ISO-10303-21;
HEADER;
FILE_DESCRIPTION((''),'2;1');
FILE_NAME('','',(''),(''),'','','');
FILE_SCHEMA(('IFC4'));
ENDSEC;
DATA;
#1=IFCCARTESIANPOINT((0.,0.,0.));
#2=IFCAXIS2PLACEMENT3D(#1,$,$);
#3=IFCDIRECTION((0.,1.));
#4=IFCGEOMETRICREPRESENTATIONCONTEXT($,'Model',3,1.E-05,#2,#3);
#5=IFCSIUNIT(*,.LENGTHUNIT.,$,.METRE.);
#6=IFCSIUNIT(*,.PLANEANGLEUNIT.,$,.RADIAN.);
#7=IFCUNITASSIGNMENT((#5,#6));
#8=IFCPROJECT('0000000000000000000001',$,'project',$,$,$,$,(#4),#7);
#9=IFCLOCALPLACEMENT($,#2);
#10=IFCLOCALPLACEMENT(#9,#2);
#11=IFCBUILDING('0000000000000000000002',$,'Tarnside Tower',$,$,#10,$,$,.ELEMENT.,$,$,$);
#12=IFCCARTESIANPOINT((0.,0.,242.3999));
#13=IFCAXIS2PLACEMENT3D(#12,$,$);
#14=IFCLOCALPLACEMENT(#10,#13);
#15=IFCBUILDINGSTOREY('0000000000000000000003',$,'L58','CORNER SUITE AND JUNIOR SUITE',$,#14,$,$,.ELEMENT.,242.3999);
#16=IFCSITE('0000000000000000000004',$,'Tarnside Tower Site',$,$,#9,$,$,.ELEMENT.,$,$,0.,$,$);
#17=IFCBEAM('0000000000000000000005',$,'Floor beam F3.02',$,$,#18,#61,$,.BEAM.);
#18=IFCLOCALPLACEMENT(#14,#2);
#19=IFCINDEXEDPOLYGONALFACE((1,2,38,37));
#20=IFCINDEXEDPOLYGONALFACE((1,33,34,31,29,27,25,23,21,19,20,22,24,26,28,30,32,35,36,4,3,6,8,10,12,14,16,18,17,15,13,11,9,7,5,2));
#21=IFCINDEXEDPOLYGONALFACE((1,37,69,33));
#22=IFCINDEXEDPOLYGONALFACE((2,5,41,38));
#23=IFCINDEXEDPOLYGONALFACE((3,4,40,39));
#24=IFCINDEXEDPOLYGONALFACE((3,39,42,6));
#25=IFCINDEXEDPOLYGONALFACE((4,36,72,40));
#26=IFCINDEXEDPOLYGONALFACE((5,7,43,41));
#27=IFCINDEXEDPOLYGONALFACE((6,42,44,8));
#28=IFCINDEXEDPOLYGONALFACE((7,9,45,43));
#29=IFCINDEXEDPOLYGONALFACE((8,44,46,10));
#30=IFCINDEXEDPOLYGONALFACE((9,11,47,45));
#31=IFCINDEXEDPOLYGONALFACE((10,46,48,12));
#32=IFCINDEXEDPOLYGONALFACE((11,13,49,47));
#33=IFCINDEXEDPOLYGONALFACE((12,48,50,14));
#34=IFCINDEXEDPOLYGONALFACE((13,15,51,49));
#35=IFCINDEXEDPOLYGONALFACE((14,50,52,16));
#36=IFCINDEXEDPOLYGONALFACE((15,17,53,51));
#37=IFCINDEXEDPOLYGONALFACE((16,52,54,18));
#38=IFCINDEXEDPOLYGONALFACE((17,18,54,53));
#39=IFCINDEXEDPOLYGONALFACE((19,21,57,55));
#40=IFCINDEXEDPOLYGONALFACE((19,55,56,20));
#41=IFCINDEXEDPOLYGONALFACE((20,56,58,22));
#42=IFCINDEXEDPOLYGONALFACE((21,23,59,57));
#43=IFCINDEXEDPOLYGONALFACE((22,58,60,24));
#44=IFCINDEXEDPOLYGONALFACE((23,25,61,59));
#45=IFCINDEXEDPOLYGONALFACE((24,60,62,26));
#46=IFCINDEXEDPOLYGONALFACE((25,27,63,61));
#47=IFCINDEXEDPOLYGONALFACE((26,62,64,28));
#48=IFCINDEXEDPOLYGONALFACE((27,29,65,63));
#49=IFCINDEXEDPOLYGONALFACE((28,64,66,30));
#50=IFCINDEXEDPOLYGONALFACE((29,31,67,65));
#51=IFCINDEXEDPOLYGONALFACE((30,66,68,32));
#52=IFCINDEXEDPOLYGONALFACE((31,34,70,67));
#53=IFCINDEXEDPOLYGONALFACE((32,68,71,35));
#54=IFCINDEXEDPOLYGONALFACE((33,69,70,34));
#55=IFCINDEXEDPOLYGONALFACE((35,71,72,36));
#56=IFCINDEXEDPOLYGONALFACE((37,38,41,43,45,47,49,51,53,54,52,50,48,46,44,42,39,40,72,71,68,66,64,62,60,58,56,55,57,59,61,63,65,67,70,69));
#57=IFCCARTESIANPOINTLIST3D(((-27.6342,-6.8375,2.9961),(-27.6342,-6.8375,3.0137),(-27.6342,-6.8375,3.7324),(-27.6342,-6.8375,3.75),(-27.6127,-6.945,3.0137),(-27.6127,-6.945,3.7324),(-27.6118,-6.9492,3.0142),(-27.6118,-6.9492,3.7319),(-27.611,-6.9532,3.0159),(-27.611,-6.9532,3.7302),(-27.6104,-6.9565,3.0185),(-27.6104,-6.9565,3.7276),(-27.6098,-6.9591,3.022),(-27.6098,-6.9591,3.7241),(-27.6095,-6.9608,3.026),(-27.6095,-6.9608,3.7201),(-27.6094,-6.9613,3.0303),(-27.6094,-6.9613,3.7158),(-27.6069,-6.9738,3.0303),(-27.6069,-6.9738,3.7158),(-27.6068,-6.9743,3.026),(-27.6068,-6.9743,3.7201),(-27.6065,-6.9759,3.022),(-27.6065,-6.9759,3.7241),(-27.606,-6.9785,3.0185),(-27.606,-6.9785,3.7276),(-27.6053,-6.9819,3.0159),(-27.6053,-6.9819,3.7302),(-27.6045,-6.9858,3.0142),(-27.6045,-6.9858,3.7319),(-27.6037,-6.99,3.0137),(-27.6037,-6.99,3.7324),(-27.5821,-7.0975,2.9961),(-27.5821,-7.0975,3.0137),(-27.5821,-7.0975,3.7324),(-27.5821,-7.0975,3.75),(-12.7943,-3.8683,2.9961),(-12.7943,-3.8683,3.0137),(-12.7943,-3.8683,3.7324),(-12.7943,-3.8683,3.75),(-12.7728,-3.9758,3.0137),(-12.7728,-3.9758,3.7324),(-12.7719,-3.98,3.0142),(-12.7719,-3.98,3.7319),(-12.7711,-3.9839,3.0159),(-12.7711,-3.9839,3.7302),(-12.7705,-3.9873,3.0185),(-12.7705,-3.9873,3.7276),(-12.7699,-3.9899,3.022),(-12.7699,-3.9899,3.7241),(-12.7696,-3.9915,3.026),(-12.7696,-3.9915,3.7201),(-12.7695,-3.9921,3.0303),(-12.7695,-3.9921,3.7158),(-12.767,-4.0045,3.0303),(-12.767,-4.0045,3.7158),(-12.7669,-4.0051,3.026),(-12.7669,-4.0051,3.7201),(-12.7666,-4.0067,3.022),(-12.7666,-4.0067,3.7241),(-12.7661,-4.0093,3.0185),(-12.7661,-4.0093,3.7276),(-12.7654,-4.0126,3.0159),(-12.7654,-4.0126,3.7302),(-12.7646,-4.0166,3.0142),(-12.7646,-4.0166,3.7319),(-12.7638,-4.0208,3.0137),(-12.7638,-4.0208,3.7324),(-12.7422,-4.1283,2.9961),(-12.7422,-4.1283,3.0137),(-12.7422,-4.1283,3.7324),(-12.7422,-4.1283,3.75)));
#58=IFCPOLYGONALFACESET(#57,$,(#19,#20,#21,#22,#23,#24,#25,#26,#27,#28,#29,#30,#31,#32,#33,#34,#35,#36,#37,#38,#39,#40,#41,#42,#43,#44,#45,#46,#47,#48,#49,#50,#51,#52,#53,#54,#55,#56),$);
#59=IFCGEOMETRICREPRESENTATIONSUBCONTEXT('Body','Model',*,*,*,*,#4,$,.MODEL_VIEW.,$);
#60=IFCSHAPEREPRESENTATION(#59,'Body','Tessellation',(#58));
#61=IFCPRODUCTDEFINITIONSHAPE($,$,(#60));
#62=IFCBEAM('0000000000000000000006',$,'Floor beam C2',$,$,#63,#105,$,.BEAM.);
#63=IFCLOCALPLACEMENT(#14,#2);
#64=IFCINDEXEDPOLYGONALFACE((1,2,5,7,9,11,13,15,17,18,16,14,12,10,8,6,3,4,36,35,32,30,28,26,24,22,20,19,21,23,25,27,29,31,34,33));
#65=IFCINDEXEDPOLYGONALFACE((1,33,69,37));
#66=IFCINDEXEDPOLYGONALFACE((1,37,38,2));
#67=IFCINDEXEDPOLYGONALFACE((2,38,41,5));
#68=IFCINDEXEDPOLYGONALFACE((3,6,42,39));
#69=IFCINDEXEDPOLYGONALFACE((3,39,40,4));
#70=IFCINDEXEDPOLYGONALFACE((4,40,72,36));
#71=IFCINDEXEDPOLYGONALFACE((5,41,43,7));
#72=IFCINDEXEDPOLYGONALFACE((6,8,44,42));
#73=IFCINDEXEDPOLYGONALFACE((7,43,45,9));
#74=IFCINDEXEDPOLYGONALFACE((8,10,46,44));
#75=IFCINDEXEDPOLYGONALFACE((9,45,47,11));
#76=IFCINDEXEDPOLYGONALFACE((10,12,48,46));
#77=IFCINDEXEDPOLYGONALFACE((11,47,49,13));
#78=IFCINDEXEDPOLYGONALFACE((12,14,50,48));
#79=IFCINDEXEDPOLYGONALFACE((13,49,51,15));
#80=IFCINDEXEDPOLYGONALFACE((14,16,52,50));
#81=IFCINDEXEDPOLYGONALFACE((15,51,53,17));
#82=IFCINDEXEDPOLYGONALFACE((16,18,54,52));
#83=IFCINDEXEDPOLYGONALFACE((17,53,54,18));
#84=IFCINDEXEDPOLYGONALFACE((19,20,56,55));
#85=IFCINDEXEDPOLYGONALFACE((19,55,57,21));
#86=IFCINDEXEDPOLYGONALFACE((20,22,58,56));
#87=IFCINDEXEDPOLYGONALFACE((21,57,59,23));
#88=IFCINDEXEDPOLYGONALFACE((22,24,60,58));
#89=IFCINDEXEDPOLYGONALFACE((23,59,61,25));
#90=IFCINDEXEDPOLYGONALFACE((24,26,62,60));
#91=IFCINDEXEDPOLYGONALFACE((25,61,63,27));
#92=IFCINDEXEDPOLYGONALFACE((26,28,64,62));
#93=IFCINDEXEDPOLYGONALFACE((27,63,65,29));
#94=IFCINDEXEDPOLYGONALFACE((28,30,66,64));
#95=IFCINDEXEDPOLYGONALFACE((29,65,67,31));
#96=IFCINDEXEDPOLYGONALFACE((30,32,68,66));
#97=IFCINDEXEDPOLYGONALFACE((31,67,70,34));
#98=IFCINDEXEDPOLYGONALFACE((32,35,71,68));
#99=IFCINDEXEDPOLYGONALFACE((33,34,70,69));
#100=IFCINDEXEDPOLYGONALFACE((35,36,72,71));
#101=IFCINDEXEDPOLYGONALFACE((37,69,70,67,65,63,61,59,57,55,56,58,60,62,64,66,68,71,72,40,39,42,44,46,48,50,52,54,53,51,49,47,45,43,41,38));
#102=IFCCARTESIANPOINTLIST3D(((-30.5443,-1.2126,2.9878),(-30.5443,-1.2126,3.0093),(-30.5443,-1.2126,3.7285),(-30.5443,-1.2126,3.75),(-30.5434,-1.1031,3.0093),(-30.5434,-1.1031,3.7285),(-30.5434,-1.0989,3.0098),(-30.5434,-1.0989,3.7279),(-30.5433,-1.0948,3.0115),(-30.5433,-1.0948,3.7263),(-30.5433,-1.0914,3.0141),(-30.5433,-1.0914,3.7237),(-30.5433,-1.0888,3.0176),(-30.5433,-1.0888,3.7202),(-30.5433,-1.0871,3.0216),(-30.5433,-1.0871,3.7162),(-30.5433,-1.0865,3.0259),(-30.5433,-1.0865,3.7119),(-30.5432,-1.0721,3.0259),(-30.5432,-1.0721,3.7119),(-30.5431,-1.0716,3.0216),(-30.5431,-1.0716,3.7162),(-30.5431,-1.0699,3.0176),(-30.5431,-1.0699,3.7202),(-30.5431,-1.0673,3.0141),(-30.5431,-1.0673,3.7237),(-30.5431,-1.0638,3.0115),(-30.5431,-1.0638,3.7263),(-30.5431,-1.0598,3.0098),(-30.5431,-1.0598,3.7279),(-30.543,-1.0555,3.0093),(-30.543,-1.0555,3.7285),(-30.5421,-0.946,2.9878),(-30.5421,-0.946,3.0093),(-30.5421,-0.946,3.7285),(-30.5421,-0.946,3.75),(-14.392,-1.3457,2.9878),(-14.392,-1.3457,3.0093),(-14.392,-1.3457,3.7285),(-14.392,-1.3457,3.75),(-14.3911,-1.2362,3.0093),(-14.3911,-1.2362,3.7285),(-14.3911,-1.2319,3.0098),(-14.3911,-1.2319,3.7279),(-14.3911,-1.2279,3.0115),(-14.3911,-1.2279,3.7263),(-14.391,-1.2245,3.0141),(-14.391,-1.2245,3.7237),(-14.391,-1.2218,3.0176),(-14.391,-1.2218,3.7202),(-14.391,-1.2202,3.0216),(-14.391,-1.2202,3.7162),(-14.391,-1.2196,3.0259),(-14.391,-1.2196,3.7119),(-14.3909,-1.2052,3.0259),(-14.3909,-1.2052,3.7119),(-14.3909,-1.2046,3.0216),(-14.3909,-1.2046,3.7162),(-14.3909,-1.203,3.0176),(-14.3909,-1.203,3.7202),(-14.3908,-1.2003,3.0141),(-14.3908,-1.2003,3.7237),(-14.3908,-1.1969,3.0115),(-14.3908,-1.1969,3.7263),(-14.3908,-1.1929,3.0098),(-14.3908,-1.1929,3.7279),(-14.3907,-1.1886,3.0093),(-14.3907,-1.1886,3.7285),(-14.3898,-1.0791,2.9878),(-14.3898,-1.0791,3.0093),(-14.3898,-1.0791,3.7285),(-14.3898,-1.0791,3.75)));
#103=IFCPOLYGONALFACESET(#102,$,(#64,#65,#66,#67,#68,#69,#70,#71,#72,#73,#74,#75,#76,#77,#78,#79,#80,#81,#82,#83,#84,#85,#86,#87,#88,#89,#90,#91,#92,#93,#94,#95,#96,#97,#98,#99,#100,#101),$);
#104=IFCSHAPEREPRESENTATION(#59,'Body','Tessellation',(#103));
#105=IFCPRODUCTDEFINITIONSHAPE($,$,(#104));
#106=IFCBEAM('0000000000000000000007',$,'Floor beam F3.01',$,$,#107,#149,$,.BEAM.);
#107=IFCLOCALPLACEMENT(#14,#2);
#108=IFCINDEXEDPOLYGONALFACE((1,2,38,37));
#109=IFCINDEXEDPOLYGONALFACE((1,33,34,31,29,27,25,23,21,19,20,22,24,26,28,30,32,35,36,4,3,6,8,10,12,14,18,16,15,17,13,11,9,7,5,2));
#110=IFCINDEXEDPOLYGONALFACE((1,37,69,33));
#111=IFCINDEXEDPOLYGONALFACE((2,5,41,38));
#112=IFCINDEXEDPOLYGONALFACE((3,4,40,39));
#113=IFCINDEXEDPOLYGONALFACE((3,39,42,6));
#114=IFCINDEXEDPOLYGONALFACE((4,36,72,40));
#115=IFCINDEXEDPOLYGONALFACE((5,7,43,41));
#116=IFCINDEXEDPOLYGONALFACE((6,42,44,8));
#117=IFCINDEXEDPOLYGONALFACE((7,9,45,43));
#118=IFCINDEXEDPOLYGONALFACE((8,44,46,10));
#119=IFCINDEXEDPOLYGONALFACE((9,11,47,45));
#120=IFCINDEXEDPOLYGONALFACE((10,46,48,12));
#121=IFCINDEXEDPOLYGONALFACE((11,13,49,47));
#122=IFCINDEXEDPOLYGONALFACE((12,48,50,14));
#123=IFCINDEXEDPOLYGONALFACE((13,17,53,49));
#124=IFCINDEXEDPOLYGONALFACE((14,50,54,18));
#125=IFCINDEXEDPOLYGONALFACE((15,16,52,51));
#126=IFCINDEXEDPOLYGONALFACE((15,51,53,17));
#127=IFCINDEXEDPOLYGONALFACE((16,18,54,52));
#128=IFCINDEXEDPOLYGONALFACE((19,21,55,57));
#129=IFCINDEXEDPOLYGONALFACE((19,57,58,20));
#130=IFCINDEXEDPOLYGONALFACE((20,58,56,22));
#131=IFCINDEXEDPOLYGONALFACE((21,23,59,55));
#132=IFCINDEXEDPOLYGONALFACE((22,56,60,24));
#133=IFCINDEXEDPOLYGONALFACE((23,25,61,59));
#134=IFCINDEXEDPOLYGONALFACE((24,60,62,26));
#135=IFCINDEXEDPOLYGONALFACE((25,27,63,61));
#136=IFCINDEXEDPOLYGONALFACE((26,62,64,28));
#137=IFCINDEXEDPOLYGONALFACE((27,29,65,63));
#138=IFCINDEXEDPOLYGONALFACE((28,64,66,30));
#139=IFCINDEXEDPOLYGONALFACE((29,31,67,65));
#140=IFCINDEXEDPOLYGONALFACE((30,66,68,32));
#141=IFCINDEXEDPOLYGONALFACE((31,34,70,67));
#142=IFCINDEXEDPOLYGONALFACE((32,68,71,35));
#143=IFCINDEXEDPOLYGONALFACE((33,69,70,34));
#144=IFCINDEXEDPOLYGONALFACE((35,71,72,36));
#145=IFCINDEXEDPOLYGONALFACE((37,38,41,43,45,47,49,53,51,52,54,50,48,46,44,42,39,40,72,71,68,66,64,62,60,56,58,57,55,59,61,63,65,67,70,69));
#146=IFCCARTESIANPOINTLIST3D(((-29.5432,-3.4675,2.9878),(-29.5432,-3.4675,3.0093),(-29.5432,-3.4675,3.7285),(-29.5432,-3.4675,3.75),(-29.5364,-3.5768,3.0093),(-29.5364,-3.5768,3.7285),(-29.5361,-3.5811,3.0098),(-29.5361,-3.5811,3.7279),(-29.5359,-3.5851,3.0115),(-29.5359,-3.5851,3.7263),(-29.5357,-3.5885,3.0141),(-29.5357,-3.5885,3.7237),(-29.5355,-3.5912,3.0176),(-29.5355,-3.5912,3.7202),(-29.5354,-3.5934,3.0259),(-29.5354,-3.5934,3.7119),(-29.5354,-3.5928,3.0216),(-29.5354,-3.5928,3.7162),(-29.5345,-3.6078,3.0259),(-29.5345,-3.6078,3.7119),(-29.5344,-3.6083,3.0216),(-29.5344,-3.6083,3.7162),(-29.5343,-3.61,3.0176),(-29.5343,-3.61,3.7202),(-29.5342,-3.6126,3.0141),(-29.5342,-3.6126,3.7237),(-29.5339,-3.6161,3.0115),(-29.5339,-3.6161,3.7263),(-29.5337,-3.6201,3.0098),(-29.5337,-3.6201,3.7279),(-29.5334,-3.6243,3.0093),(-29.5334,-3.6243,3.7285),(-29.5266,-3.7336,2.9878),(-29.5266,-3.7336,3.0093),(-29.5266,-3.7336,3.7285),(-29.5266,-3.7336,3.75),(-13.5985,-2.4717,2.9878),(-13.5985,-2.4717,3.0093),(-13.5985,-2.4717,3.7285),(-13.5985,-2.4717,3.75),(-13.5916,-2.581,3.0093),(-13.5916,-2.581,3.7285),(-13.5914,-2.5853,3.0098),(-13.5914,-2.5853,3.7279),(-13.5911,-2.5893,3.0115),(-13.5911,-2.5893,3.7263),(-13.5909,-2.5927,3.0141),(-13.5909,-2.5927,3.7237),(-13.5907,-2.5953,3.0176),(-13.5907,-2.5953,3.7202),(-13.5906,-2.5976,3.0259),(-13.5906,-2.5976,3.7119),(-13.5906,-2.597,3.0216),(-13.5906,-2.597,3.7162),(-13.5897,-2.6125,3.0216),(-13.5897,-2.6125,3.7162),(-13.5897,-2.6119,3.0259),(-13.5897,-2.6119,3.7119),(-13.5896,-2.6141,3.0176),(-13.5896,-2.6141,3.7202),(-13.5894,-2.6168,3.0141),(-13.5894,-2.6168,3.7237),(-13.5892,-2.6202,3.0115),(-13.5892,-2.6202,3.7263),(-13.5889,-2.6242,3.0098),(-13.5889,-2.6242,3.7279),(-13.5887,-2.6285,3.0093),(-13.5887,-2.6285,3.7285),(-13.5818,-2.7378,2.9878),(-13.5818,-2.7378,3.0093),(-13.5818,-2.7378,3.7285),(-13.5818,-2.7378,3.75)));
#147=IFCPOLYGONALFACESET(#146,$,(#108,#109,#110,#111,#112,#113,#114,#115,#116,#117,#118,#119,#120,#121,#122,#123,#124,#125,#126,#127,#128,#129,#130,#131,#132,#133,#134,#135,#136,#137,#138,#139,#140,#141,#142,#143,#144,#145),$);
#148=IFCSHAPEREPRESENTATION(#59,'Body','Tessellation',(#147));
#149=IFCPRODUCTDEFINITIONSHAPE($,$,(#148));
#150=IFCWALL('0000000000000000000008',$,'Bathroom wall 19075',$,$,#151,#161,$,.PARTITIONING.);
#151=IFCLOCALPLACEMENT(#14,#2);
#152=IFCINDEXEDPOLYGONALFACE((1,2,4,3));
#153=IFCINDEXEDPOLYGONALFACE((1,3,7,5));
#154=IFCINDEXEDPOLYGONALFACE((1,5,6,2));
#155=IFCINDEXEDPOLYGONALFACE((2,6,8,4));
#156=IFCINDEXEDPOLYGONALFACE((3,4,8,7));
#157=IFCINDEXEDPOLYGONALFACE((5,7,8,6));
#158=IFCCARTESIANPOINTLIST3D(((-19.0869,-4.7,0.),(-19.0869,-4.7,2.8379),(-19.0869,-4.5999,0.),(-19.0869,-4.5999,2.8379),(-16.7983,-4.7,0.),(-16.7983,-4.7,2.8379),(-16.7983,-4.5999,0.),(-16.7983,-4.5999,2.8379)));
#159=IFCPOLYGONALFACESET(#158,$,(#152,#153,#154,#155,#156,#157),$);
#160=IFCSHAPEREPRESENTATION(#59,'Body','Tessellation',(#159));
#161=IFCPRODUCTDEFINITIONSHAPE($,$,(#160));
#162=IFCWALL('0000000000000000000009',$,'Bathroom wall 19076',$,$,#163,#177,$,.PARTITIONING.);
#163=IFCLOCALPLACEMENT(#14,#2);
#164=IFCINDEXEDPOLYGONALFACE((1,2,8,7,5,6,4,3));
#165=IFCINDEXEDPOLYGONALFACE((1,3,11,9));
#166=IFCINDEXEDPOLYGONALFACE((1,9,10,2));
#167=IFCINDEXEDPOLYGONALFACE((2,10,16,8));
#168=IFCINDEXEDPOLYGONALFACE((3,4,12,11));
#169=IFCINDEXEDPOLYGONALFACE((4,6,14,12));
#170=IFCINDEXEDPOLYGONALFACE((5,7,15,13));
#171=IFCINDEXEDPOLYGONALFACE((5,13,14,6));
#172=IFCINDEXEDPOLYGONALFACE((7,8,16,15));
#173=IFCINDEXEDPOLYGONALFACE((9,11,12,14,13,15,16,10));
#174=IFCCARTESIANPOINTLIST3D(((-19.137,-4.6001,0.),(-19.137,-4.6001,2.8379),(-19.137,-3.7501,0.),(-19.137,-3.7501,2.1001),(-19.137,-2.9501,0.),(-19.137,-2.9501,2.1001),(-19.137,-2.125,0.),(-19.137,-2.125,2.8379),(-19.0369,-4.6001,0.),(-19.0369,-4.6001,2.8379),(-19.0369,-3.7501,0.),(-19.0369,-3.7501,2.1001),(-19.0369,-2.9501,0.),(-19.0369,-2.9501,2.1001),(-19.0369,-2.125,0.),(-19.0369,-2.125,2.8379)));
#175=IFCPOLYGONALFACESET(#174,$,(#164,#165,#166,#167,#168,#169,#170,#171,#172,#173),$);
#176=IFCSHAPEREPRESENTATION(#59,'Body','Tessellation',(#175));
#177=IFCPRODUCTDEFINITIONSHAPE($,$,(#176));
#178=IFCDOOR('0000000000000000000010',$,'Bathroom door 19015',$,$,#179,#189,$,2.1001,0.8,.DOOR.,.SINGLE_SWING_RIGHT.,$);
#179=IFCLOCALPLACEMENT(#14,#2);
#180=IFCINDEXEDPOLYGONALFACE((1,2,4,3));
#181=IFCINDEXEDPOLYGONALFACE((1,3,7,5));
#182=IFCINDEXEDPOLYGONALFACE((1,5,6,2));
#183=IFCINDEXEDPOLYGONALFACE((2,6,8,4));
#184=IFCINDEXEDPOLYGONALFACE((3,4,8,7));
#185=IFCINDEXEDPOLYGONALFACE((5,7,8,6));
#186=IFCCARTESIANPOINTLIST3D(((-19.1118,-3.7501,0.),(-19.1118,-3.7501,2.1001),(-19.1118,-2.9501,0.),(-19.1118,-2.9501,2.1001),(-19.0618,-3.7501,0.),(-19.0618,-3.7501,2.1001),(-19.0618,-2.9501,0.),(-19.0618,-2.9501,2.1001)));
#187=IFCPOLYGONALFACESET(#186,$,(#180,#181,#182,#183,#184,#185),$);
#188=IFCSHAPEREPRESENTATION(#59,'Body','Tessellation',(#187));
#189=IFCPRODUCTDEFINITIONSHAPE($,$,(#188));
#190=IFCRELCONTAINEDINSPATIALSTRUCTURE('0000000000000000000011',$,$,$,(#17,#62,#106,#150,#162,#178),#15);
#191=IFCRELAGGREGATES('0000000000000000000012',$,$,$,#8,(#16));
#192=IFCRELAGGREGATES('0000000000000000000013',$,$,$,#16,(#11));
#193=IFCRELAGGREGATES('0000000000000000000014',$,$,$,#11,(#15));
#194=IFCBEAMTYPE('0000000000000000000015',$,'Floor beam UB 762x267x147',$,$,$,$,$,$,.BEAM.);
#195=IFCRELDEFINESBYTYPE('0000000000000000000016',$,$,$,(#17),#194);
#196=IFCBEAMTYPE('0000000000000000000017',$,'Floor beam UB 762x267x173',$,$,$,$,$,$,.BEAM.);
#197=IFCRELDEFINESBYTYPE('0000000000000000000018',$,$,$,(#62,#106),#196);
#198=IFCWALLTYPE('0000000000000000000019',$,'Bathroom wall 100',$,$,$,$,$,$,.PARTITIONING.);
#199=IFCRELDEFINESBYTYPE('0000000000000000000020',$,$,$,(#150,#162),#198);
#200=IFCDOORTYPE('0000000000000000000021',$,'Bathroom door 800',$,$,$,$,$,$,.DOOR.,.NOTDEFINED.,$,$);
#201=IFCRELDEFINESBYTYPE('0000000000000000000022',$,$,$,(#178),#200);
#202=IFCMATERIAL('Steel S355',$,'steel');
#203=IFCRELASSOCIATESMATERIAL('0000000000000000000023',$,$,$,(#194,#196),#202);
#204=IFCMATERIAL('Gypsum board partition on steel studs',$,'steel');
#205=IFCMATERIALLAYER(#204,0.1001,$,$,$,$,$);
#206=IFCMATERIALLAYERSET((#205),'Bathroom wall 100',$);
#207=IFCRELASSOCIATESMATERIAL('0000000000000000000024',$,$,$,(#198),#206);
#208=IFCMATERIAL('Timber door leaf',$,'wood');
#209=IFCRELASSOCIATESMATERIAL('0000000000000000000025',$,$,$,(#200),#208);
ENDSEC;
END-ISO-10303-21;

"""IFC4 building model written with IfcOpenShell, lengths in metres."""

from ifc_helpers import new_model, si_unit, direction, frame, frame_2d, origin, origin_2d, place, context, subcontext, project, spatial, rectangle, i_section, extrude, material, layer, layer_set, material_profile, profile_set, type_object, element, fill, save


model = new_model("IFC4")

# Units and contexts
model_context = context("Model", 3, precision=1e-05, world=origin(), true_north=direction((0.0, 1.0)))
body_context = subcontext(model_context, "Body", "Model", "MODEL_VIEW")
ifc_project = project(units=[si_unit("LENGTHUNIT", "METRE"), si_unit("PLANEANGLEUNIT", "RADIAN")], contexts=[model_context])

# Site, building, storey
site_placement = place(None, origin())
site = spatial("IfcSite", under=ifc_project, at=site_placement, Name="Tarnside Tower Site", CompositionType="ELEMENT", RefElevation=0.0)
building_placement = place(site_placement, origin())
building = spatial("IfcBuilding", under=site, at=building_placement, Name="Tarnside Tower", CompositionType="ELEMENT")
storey_placement = place(building_placement, frame((0.0, 0.0, 242.3999)))
storey = spatial("IfcBuildingStorey", under=building, at=storey_placement, Name="L58", Description="CORNER SUITE AND JUNIOR SUITE", CompositionType="ELEMENT", Elevation=242.3999)

# Beams
ifc_material_1 = material(Name="Steel S355", Category="steel")
ifc_material_profile_1 = material_profile(ifc_material_1, i_section(OverallWidth=0.2651, OverallDepth=0.7539, WebThickness=0.0127, FlangeThickness=0.0176, FilletRadius=0.0166, at=origin_2d()), Name="UB 762x267x147")
ifc_profile_set_1 = profile_set([ifc_material_profile_1], Name="Steel S355")
beam_type_1 = type_object("IfcBeamType", Name="Floor beam UB 762x267x147", PredefinedType="BEAM", material=ifc_profile_set_1)
beam_1_placement = place(storey_placement, frame((-27.6082, -6.9675, 3.373), z_axis=(0.980565, 0.196197, 0.0), x_axis=(-0.196197, 0.980565, 0.0)))
element("IfcBeam", 1, at=beam_1_placement, inside=storey, type_object=beam_type_1, Name="Floor beam F3.02", PredefinedType="BEAM", context=body_context, shape_type="SweptSolid", body=[
    extrude(i_section(OverallWidth=0.2651, OverallDepth=0.7539, WebThickness=0.0127, FlangeThickness=0.0176, FilletRadius=0.0166, at=origin_2d()), origin(), (0.0, 0.0, 1.0), 15.134),
])
ifc_material_profile_2 = material_profile(ifc_material_1, i_section(OverallWidth=0.2666, OverallDepth=0.7622, WebThickness=0.0144, FlangeThickness=0.0215, FilletRadius=0.0166, at=origin_2d()), Name="UB 762x267x173")
ifc_profile_set_2 = profile_set([ifc_material_profile_2], Name="Steel S355")
beam_type_2 = type_object("IfcBeamType", Name="Floor beam UB 762x267x173", PredefinedType="BEAM", material=ifc_profile_set_2)
beam_2_placement = place(storey_placement, frame((-30.5432, -1.0793, 3.3689), z_axis=(0.999966, -0.008237, 0.0), x_axis=(0.008237, 0.999966, 0.0)))
element("IfcBeam", 2, at=beam_2_placement, inside=storey, type_object=beam_type_2, Name="Floor beam C2", PredefinedType="BEAM", context=body_context, shape_type="SweptSolid", body=[
    extrude(i_section(OverallWidth=0.2666, OverallDepth=0.7622, WebThickness=0.0144, FlangeThickness=0.0215, FilletRadius=0.0166, at=origin_2d()), origin(), (0.0, 0.0, 1.0), 16.1528),
])
beam_3_placement = place(storey_placement, frame((-29.5349, -3.6006, 3.3689), z_axis=(0.998055, 0.062335, 0.0), x_axis=(-0.062335, 0.998055, 0.0)))
element("IfcBeam", 3, at=beam_3_placement, inside=storey, type_object=beam_type_2, Name="Floor beam F3.01", PredefinedType="BEAM", context=body_context, shape_type="SweptSolid", body=[
    extrude(i_section(OverallWidth=0.2666, OverallDepth=0.7622, WebThickness=0.0144, FlangeThickness=0.0215, FilletRadius=0.0166, at=origin_2d()), origin(), (0.0, 0.0, 1.0), 15.9758),
])

# Wall
ifc_material_2 = material(Name="Gypsum board partition on steel studs", Category="steel")
ifc_layer_1 = layer(ifc_material_2, 0.1001)
ifc_layer_set_1 = layer_set([ifc_layer_1], Name="Bathroom wall 100")
wall_type_1 = type_object("IfcWallType", Name="Bathroom wall 100", PredefinedType="PARTITIONING", material=ifc_layer_set_1)
wall_1_placement = place(storey_placement, frame((-16.7983, -4.6499, 0.0), z_axis=(0.0, 0.0, 1.0), x_axis=(-1.0, 0.0, 0.0)))
element("IfcWall", 4, at=wall_1_placement, inside=storey, type_object=wall_type_1, Name="Bathroom wall 19075", PredefinedType="PARTITIONING", context=body_context, shape_type="SweptSolid", body=[
    extrude(rectangle(XDim=2.2886, YDim=0.1001, at=frame_2d((1.1443, 0.0))), origin(), (0.0, 0.0, 1.0), 2.8379),
])

# Wall, opening, door
wall_2_placement = place(storey_placement, frame((-19.0869, -4.6001, 0.0), z_axis=(0.0, 0.0, 1.0), x_axis=(0.0, 1.0, 0.0)))
wall_2 = element("IfcWall", 5, at=wall_2_placement, inside=storey, type_object=wall_type_1, Name="Bathroom wall 19076", PredefinedType="PARTITIONING", context=body_context, shape_type="SweptSolid", body=[
    extrude(rectangle(XDim=2.4751, YDim=0.1001, at=frame_2d((1.2375, 0.0))), origin(), (0.0, 0.0, 1.0), 2.8379),
])
opening_1_placement = place(wall_2_placement, frame((0.8501, 0.0, 0.0)))
opening_1 = element("IfcOpeningElement", 6, at=opening_1_placement, cuts=wall_2, PredefinedType="OPENING", context=body_context, shape_type="SweptSolid", body=[
    extrude(rectangle(XDim=0.8, YDim=2.1001, at=frame_2d((0.3999, 1.05))), frame((0.0, 0.0601, 0.0), z_axis=(0.0, -1.0, 0.0), x_axis=(1.0, 0.0, 0.0)), (0.0, 0.0, 1.0), 0.1201),
])
ifc_material_3 = material(Name="Timber door leaf", Category="wood")
door_type_1 = type_object("IfcDoorType", Name="Bathroom door 800", OperationType="NOTDEFINED", PredefinedType="DOOR", material=ifc_material_3)
door_1_placement = place(opening_1_placement, origin())
door_1 = element("IfcDoor", 7, at=door_1_placement, inside=storey, type_object=door_type_1, Name="Bathroom door 19015", OperationType="SINGLE_SWING_RIGHT", OverallHeight=2.1001, OverallWidth=0.8, PredefinedType="DOOR", context=body_context, shape_type="SweptSolid", body=[
    extrude(rectangle(XDim=0.8, YDim=2.1001, at=frame_2d((0.3999, 1.05))), frame((0.0, 0.0249, 0.0), z_axis=(0.0, -1.0, 0.0), x_axis=(1.0, 0.0, 0.0)), (0.0, 0.0, 1.0), 0.05),
])
fill(opening_1, door_1)

save(model, "model.ifc")
